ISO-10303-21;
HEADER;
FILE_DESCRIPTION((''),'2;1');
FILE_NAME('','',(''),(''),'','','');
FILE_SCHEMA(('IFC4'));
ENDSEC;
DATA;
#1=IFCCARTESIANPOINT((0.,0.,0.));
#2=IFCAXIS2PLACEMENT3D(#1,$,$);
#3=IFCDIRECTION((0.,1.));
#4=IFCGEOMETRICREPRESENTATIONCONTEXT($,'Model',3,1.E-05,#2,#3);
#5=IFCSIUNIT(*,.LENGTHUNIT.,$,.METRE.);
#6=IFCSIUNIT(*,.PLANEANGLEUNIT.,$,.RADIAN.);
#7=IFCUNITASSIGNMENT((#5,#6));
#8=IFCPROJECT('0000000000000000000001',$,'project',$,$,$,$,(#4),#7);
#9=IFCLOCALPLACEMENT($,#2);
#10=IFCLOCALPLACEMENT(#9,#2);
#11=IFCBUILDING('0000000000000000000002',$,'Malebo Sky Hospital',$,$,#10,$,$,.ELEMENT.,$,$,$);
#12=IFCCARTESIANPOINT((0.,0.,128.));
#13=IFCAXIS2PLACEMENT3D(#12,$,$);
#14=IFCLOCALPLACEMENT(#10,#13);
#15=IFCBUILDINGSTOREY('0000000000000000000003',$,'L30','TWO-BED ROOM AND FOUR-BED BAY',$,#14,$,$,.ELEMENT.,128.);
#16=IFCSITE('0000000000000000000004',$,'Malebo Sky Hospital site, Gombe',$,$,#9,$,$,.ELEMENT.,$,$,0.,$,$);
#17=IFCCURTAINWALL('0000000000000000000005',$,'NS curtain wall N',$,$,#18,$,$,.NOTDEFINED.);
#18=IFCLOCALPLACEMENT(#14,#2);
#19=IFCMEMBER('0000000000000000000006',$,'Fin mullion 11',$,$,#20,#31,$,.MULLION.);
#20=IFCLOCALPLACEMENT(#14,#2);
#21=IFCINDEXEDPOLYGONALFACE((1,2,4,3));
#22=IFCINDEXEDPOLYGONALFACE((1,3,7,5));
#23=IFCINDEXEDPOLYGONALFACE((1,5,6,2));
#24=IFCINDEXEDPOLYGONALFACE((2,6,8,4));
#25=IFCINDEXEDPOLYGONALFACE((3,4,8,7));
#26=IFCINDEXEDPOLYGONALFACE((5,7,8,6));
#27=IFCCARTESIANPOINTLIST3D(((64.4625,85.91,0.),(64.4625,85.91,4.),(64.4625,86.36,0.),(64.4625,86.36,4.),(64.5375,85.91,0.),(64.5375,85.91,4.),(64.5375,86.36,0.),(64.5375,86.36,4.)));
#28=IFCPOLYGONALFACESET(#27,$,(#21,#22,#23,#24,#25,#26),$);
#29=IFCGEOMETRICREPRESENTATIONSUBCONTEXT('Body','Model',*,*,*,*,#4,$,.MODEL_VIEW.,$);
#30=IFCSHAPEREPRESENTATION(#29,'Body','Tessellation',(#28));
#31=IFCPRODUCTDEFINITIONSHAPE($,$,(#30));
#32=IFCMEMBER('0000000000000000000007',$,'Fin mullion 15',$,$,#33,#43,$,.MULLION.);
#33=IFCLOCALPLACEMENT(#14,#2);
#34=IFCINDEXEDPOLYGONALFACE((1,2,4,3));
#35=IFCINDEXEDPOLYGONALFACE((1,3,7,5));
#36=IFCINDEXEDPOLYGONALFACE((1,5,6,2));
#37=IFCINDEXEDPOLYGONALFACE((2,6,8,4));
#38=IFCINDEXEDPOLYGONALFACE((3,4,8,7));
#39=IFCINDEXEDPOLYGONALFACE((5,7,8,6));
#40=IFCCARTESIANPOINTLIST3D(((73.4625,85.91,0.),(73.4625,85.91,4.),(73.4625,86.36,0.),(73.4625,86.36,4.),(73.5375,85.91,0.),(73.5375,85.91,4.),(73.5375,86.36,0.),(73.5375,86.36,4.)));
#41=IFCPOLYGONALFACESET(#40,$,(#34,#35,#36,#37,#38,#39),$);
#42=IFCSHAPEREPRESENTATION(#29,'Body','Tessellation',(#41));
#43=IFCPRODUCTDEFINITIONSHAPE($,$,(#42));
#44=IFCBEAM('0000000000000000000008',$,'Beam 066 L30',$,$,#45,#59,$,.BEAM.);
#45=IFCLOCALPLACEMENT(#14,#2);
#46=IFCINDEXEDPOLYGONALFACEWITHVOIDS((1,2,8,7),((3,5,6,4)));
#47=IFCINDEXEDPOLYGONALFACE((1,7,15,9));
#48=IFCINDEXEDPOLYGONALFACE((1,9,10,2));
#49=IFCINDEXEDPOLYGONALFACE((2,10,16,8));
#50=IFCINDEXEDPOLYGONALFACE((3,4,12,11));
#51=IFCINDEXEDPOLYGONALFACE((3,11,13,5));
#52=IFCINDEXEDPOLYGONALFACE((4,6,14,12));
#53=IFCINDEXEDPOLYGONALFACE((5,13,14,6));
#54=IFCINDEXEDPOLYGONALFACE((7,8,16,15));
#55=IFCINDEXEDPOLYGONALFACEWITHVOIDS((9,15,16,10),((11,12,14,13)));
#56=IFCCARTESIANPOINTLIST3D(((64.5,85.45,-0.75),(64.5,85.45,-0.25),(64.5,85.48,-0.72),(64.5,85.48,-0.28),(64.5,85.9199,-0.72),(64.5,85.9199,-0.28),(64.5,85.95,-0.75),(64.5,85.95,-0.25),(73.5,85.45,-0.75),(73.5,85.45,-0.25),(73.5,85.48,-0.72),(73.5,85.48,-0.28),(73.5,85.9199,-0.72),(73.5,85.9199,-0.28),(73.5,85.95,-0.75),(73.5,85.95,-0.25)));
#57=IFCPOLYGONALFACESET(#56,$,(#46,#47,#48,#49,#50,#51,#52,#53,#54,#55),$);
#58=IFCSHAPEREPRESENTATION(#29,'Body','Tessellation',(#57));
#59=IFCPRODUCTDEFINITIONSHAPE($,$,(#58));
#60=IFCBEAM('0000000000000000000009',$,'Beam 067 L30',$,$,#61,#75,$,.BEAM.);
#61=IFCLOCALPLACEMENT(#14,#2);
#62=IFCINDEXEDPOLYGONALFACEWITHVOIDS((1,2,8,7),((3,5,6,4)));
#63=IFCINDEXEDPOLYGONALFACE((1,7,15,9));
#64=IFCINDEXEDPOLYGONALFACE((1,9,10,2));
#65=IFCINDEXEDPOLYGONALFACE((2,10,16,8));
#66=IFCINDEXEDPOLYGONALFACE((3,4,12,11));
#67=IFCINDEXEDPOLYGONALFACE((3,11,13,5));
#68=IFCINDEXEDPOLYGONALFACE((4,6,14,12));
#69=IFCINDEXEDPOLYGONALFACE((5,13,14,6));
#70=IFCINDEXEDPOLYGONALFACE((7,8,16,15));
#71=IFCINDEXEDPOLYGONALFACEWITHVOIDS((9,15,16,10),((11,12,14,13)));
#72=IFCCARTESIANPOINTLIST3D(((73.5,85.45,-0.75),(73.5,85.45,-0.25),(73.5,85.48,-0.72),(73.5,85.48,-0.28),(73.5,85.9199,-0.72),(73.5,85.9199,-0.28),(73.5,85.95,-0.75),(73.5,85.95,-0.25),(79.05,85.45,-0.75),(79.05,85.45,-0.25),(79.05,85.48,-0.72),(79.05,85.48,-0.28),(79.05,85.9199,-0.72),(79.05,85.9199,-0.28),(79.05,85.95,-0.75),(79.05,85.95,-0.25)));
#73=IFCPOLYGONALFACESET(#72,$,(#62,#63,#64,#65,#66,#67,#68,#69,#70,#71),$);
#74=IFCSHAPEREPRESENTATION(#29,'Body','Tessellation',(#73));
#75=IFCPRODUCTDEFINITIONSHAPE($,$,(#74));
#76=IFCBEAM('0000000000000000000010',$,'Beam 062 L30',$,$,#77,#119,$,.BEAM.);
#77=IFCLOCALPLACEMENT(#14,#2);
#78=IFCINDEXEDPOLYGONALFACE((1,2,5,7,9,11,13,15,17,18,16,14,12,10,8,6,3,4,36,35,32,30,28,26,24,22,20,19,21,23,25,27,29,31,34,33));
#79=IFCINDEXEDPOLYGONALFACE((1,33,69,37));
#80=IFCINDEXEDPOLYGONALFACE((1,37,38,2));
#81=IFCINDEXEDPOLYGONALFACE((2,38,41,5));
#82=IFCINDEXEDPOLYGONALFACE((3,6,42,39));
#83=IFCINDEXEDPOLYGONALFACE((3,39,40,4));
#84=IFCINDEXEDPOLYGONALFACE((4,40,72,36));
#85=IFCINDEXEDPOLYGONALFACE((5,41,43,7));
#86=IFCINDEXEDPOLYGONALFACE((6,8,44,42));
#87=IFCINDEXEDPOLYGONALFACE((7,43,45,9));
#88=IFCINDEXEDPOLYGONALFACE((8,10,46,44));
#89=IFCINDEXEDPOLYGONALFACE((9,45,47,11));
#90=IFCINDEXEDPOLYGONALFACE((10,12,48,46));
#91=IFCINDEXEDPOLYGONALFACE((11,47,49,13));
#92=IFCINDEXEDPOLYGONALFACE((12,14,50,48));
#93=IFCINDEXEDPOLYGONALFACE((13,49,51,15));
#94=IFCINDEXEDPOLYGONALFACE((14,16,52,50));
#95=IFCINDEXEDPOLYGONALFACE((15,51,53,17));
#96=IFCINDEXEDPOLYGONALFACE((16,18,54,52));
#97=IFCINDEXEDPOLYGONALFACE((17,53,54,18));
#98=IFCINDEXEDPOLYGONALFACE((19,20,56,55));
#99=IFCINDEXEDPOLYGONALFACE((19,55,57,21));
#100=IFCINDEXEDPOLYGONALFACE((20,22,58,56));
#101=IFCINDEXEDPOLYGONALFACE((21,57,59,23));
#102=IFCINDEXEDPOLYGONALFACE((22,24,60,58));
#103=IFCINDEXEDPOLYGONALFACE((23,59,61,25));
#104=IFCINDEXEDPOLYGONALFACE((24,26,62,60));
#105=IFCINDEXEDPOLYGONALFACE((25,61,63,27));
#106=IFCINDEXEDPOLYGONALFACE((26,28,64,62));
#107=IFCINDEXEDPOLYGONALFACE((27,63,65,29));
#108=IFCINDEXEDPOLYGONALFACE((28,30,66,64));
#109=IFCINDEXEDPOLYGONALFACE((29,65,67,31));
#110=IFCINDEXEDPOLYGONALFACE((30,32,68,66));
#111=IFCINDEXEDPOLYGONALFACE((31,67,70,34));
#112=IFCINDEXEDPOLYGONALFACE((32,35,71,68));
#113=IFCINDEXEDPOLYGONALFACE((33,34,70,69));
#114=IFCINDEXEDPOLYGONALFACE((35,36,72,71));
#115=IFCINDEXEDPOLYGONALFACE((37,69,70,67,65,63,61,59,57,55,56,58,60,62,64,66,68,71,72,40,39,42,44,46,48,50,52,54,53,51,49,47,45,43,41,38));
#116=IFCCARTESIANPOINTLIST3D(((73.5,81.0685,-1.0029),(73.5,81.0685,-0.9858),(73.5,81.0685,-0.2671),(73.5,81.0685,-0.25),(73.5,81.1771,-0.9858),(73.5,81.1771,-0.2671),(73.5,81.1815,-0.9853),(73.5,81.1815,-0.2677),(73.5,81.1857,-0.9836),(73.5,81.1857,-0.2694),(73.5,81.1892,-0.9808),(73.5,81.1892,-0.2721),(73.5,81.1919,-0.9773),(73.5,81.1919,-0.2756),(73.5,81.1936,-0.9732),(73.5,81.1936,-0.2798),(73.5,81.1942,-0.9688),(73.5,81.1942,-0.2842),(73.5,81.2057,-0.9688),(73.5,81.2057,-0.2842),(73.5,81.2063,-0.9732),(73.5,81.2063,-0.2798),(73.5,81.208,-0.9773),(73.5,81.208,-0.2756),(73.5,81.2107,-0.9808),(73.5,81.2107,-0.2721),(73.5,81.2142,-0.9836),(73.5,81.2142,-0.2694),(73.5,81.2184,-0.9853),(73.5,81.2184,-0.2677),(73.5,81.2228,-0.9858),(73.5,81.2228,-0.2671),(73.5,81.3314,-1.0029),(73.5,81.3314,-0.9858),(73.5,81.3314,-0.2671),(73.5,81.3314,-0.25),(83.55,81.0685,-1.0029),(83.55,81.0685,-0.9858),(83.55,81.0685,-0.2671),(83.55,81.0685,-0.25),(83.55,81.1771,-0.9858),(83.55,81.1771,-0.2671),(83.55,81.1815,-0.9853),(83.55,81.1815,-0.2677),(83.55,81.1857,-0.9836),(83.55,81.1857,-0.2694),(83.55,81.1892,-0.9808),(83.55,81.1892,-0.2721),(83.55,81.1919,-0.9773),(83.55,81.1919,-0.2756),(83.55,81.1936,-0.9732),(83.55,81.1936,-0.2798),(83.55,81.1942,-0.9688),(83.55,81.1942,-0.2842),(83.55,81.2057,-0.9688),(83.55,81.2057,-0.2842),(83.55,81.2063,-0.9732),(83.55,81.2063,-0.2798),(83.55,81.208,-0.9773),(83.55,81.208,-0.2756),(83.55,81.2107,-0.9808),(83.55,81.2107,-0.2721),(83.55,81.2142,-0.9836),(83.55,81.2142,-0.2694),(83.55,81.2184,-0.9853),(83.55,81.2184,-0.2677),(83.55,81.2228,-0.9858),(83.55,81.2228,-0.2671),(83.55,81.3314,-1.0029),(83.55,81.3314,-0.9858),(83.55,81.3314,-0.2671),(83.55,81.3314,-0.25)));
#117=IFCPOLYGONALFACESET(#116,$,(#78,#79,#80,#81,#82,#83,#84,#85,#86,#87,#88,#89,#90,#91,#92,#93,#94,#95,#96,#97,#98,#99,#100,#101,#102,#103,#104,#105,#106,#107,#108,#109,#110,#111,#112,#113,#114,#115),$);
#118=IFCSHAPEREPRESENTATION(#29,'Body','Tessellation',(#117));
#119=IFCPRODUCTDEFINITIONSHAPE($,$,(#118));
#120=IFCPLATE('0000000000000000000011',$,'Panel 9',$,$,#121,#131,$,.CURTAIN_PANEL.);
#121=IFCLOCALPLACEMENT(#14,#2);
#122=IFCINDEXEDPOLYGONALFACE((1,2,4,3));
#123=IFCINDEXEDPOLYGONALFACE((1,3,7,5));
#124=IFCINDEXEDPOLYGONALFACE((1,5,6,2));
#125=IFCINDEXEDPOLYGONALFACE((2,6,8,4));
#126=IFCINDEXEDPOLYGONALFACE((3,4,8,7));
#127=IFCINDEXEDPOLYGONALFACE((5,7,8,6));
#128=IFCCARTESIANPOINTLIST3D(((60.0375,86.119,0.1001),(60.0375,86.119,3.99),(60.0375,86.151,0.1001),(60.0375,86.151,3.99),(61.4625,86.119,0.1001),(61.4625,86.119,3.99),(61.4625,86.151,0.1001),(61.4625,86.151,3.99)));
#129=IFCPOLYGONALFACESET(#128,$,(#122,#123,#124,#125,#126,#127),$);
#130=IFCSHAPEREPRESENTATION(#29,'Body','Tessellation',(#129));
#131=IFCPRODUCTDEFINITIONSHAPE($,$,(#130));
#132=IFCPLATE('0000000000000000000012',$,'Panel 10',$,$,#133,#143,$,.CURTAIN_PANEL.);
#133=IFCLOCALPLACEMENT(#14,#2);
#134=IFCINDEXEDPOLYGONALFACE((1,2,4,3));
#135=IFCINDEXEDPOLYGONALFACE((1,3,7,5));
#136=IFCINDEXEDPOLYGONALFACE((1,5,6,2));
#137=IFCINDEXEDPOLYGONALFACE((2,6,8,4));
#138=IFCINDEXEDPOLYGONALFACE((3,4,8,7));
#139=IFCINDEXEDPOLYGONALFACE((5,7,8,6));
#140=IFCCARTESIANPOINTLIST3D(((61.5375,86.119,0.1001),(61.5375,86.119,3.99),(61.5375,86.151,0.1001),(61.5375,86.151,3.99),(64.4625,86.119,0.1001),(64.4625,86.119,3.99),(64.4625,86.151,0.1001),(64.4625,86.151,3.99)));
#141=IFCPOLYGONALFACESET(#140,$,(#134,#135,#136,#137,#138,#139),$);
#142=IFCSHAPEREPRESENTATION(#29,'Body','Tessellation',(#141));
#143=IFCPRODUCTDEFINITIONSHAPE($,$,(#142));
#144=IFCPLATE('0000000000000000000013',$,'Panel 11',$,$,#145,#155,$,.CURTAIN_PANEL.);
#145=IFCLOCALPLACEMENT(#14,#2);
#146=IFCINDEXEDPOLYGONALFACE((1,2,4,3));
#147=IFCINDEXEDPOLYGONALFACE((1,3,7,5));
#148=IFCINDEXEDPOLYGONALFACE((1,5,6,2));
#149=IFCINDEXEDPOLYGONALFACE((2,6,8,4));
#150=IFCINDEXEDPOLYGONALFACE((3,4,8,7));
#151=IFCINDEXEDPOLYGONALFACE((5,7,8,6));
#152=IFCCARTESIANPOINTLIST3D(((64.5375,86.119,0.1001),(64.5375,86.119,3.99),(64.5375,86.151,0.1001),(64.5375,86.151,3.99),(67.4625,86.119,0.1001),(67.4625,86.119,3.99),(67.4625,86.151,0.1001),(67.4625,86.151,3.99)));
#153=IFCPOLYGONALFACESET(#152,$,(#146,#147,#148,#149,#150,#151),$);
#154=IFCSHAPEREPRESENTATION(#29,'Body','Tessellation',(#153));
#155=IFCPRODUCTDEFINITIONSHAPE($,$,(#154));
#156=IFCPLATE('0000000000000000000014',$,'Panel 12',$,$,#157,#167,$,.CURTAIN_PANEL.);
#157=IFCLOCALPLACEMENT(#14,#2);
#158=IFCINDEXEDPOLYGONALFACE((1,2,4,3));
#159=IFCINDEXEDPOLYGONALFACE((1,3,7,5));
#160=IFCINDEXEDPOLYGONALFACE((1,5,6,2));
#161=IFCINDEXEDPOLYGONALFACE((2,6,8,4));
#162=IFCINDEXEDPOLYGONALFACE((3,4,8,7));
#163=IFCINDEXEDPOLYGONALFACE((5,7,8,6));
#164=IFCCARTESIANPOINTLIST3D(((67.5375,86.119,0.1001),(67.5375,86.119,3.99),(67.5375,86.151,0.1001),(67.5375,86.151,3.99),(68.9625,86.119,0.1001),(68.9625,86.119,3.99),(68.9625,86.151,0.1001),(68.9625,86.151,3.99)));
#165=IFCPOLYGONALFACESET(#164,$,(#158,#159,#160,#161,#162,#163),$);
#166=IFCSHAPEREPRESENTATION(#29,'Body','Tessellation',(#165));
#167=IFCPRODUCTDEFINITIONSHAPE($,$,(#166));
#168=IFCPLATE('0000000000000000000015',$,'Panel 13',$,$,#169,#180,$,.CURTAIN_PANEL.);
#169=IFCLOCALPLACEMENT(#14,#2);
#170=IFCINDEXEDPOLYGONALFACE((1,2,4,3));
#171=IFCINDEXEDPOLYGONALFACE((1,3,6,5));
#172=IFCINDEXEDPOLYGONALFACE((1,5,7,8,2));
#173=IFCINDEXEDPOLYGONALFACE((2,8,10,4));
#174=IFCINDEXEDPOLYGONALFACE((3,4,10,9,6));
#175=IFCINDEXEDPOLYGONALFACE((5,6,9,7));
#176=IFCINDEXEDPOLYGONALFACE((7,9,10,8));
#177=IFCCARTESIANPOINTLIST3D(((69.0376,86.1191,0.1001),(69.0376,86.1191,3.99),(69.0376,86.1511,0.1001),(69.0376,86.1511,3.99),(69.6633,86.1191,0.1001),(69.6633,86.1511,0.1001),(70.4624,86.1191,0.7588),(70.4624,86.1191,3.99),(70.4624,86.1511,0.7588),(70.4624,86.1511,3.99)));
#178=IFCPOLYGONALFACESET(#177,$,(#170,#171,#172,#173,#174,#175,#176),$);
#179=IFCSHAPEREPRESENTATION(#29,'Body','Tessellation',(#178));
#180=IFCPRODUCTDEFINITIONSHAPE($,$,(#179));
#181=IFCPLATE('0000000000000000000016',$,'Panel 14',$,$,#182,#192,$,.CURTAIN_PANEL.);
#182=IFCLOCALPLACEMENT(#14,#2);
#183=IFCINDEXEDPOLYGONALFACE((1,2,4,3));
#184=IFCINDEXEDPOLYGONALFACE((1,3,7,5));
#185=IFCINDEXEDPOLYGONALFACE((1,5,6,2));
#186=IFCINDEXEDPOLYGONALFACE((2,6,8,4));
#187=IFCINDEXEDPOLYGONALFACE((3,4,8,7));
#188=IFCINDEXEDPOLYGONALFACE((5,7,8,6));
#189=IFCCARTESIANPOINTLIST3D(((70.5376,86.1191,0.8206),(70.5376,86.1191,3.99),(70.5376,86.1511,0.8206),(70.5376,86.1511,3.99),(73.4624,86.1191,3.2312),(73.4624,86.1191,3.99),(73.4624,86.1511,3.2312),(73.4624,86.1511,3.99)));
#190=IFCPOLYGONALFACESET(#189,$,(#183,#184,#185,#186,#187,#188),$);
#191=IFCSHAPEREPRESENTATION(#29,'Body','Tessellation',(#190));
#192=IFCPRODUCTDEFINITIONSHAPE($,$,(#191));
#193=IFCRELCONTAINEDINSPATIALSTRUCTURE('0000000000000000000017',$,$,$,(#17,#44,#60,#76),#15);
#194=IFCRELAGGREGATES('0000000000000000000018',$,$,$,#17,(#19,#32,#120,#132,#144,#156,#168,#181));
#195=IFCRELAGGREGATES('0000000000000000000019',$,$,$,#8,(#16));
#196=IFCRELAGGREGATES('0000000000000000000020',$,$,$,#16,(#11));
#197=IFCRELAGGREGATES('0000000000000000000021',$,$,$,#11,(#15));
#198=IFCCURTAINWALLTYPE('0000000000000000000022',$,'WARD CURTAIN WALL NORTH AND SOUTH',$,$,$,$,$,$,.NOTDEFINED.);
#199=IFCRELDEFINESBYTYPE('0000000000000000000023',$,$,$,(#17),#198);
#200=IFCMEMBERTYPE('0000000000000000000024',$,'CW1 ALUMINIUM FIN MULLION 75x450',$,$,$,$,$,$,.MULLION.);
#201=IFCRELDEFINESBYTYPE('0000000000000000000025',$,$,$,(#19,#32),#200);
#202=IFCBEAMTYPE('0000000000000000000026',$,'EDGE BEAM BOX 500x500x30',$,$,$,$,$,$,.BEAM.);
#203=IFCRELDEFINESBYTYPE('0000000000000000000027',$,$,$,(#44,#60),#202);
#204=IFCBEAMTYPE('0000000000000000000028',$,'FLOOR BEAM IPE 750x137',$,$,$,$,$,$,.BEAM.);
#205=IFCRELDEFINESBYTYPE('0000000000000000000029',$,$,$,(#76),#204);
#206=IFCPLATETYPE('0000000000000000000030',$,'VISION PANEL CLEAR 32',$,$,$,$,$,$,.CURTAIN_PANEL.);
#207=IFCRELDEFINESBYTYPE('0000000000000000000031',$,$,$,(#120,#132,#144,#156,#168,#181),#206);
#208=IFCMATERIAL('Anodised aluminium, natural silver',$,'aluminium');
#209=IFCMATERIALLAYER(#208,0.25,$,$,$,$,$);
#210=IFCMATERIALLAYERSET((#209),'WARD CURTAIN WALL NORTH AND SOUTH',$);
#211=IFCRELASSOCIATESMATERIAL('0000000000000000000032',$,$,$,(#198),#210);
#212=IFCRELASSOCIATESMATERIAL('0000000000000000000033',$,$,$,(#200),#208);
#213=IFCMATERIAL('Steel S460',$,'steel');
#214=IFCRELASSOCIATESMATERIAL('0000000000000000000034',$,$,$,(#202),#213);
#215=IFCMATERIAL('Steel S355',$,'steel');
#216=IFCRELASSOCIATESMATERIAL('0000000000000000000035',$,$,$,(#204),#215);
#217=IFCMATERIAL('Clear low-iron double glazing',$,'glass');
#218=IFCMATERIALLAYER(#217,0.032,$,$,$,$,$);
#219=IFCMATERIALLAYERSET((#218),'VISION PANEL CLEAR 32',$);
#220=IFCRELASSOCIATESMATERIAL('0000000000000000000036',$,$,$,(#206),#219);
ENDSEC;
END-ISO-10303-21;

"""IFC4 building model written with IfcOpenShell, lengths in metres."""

from ifc_helpers import new_model, si_unit, direction, frame, origin, origin_2d, place, context, subcontext, project, spatial, polyline, rectangle, hollow_rectangle, i_section, outline, extrude, material, layer, layer_set, material_profile, profile_set, type_object, element, aggregate, save


model = new_model("IFC4")

# Units and contexts
model_context = context("Model", 3, precision=1e-05, world=origin(), true_north=direction((0.0, 1.0)))
body_context = subcontext(model_context, "Body", "Model", "MODEL_VIEW")
ifc_project = project(units=[si_unit("LENGTHUNIT", "METRE"), si_unit("PLANEANGLEUNIT", "RADIAN")], contexts=[model_context])

# Site, building, storey
site_placement = place(None, origin())
site = spatial("IfcSite", under=ifc_project, at=site_placement, Name="Malebo Sky Hospital site, Gombe", CompositionType="ELEMENT", RefElevation=0.0)
building_placement = place(site_placement, origin())
building = spatial("IfcBuilding", under=site, at=building_placement, Name="Malebo Sky Hospital", CompositionType="ELEMENT")
storey_placement = place(building_placement, frame((0.0, 0.0, 128.0)))
storey = spatial("IfcBuildingStorey", under=building, at=storey_placement, Name="L30", Description="TWO-BED ROOM AND FOUR-BED BAY", CompositionType="ELEMENT", Elevation=128.0)

# Shared definitions
ifc_material_1 = material(Name="Steel S460", Category="steel")

# Curtain wall
ifc_material_2 = material(Name="Anodised aluminium, natural silver", Category="aluminium")
ifc_layer_1 = layer(ifc_material_2, 0.25)
ifc_layer_set_1 = layer_set([ifc_layer_1], Name="WARD CURTAIN WALL NORTH AND SOUTH")
curtain_wall_type = type_object("IfcCurtainWallType", Name="WARD CURTAIN WALL NORTH AND SOUTH", PredefinedType="NOTDEFINED", material=ifc_layer_set_1)
curtain_wall_placement = place(storey_placement, origin())
curtain_wall = element("IfcCurtainWall", 1, at=curtain_wall_placement, inside=storey, type_object=curtain_wall_type, Name="NS curtain wall N", PredefinedType="NOTDEFINED")

# Members
ifc_material_3 = material(Name="Steel S355", Category="steel")
ifc_material_profile_1 = material_profile(ifc_material_2, rectangle(XDim=0.075, YDim=0.45, at=origin_2d()), Name="CW1 ALUMINIUM FIN MULLION 75x450")
ifc_profile_set_1 = profile_set([ifc_material_profile_1], Name="Anodised aluminium, natural silver")
member_type_1 = type_object("IfcMemberType", Name="CW1 ALUMINIUM FIN MULLION 75x450", PredefinedType="MULLION", material=ifc_profile_set_1)
member_1_placement = place(storey_placement, frame((64.5, 86.135, 0.0), z_axis=(0.0, 0.0, 1.0), x_axis=(1.0, 0.0, 0.0)))
member_1 = element("IfcMember", 2, at=member_1_placement, type_object=member_type_1, Name="Fin mullion 11", PredefinedType="MULLION", context=body_context, shape_type="SweptSolid", body=[
    extrude(rectangle(XDim=0.075, YDim=0.45, at=origin_2d()), origin(), (0.0, 0.0, 1.0), 4.0),
])
member_2_placement = place(storey_placement, frame((73.5, 86.135, 0.0), z_axis=(0.0, 0.0, 1.0), x_axis=(1.0, 0.0, 0.0)))
member_2 = element("IfcMember", 3, at=member_2_placement, type_object=member_type_1, Name="Fin mullion 15", PredefinedType="MULLION", context=body_context, shape_type="SweptSolid", body=[
    extrude(rectangle(XDim=0.075, YDim=0.45, at=origin_2d()), origin(), (0.0, 0.0, 1.0), 4.0),
])

# Beams
ifc_material_profile_2 = material_profile(ifc_material_1, hollow_rectangle(XDim=0.5, YDim=0.5, WallThickness=0.03, at=origin_2d()), Name="BOX 500x500x30")
ifc_profile_set_2 = profile_set([ifc_material_profile_2], Name="Steel S460")
beam_type_1 = type_object("IfcBeamType", Name="EDGE BEAM BOX 500x500x30", PredefinedType="BEAM", material=ifc_profile_set_2)
beam_1_placement = place(storey_placement, frame((64.5, 85.7, -0.5), z_axis=(1.0, 0.0, 0.0), x_axis=(0.0, 1.0, 0.0)))
element("IfcBeam", 4, at=beam_1_placement, inside=storey, type_object=beam_type_1, Name="Beam 066 L30", PredefinedType="BEAM", context=body_context, shape_type="SweptSolid", body=[
    extrude(hollow_rectangle(XDim=0.5, YDim=0.5, WallThickness=0.03, at=origin_2d()), origin(), (0.0, 0.0, 1.0), 9.0),
])
beam_2_placement = place(storey_placement, frame((73.5, 85.7, -0.5), z_axis=(1.0, 0.0, 0.0), x_axis=(0.0, 1.0, 0.0)))
element("IfcBeam", 5, at=beam_2_placement, inside=storey, type_object=beam_type_1, Name="Beam 067 L30", PredefinedType="BEAM", context=body_context, shape_type="SweptSolid", body=[
    extrude(hollow_rectangle(XDim=0.5, YDim=0.5, WallThickness=0.03, at=origin_2d()), origin(), (0.0, 0.0, 1.0), 5.55),
])
ifc_material_profile_3 = material_profile(ifc_material_3, i_section(OverallWidth=0.2629, OverallDepth=0.7529, WebThickness=0.0115, FlangeThickness=0.0171, FilletRadius=0.0171, at=origin_2d()), Name="IPE 750x137")
ifc_profile_set_3 = profile_set([ifc_material_profile_3], Name="Steel S355")
beam_type_2 = type_object("IfcBeamType", Name="FLOOR BEAM IPE 750x137", PredefinedType="BEAM", material=ifc_profile_set_3)
beam_3_placement = place(storey_placement, frame((73.5, 81.2, -0.6265), z_axis=(1.0, 0.0, 0.0), x_axis=(0.0, 1.0, 0.0)))
element("IfcBeam", 6, at=beam_3_placement, inside=storey, type_object=beam_type_2, Name="Beam 062 L30", PredefinedType="BEAM", context=body_context, shape_type="SweptSolid", body=[
    extrude(i_section(OverallWidth=0.2629, OverallDepth=0.7529, WebThickness=0.0115, FlangeThickness=0.0171, FilletRadius=0.0171, at=origin_2d()), origin(), (0.0, 0.0, 1.0), 10.05),
])

# Plates
ifc_material_4 = material(Name="Clear low-iron double glazing", Category="glass")
ifc_layer_2 = layer(ifc_material_4, 0.032)
ifc_layer_set_2 = layer_set([ifc_layer_2], Name="VISION PANEL CLEAR 32")
plate_type = type_object("IfcPlateType", Name="VISION PANEL CLEAR 32", PredefinedType="CURTAIN_PANEL", material=ifc_layer_set_2)
plate_1_placement = place(storey_placement, frame((60.75, 86.135, 0.1001), z_axis=(0.0, 0.0, 1.0), x_axis=(1.0, 0.0, 0.0)))
plate_1 = element("IfcPlate", 7, at=plate_1_placement, type_object=plate_type, Name="Panel 9", PredefinedType="CURTAIN_PANEL", context=body_context, shape_type="SweptSolid", body=[
    extrude(rectangle(XDim=1.425, YDim=0.032, at=origin_2d()), origin(), (0.0, 0.0, 1.0), 3.8899),
])
plate_2_placement = place(storey_placement, frame((63.0, 86.135, 0.1001), z_axis=(0.0, 0.0, 1.0), x_axis=(1.0, 0.0, 0.0)))
plate_2 = element("IfcPlate", 8, at=plate_2_placement, type_object=plate_type, Name="Panel 10", PredefinedType="CURTAIN_PANEL", context=body_context, shape_type="SweptSolid", body=[
    extrude(rectangle(XDim=2.925, YDim=0.032, at=origin_2d()), origin(), (0.0, 0.0, 1.0), 3.8899),
])
plate_3_placement = place(storey_placement, frame((66.0, 86.135, 0.1001), z_axis=(0.0, 0.0, 1.0), x_axis=(1.0, 0.0, 0.0)))
plate_3 = element("IfcPlate", 9, at=plate_3_placement, type_object=plate_type, Name="Panel 11", PredefinedType="CURTAIN_PANEL", context=body_context, shape_type="SweptSolid", body=[
    extrude(rectangle(XDim=2.925, YDim=0.032, at=origin_2d()), origin(), (0.0, 0.0, 1.0), 3.8899),
])
plate_4_placement = place(storey_placement, frame((68.25, 86.135, 0.1001), z_axis=(0.0, 0.0, 1.0), x_axis=(1.0, 0.0, 0.0)))
plate_4 = element("IfcPlate", 10, at=plate_4_placement, type_object=plate_type, Name="Panel 12", PredefinedType="CURTAIN_PANEL", context=body_context, shape_type="SweptSolid", body=[
    extrude(rectangle(XDim=1.425, YDim=0.032, at=origin_2d()), origin(), (0.0, 0.0, 1.0), 3.8899),
])
plate_5_placement = place(storey_placement, frame((69.75, 86.135, 0.1001), z_axis=(0.0, 0.0, 1.0), x_axis=(1.0, 0.0, 0.0)))
plate_5 = element("IfcPlate", 11, at=plate_5_placement, type_object=plate_type, Name="Panel 13", PredefinedType="CURTAIN_PANEL", context=body_context, shape_type="SweptSolid", body=[
    extrude(outline(polyline([(-0.7124, 0.0), (-0.0867, 0.0), (0.7124, 0.6587), (0.7124, 3.8899), (-0.7124, 3.8899), (-0.7124, 0.0)])), frame((0.0, 0.0161, 0.0), z_axis=(0.0, -1.0, 0.0), x_axis=(1.0, 0.0, 0.0)), (0.0, 0.0, 1.0), 0.032),
])
plate_6_placement = place(storey_placement, frame((72.0, 86.135, 0.8206), z_axis=(0.0, 0.0, 1.0), x_axis=(1.0, 0.0, 0.0)))
plate_6 = element("IfcPlate", 12, at=plate_6_placement, type_object=plate_type, Name="Panel 14", PredefinedType="CURTAIN_PANEL", context=body_context, shape_type="SweptSolid", body=[
    extrude(outline(polyline([(-1.4624, 0.0), (1.4624, 2.4106), (1.4624, 3.1694), (-1.4624, 3.1694), (-1.4624, 0.0)])), frame((0.0, 0.0161, 0.0), z_axis=(0.0, -1.0, 0.0), x_axis=(1.0, 0.0, 0.0)), (0.0, 0.0, 1.0), 0.032),
])
aggregate(curtain_wall, [member_1, member_2, plate_1, plate_2, plate_3, plate_4, plate_5, plate_6])

save(model, "model.ifc")
